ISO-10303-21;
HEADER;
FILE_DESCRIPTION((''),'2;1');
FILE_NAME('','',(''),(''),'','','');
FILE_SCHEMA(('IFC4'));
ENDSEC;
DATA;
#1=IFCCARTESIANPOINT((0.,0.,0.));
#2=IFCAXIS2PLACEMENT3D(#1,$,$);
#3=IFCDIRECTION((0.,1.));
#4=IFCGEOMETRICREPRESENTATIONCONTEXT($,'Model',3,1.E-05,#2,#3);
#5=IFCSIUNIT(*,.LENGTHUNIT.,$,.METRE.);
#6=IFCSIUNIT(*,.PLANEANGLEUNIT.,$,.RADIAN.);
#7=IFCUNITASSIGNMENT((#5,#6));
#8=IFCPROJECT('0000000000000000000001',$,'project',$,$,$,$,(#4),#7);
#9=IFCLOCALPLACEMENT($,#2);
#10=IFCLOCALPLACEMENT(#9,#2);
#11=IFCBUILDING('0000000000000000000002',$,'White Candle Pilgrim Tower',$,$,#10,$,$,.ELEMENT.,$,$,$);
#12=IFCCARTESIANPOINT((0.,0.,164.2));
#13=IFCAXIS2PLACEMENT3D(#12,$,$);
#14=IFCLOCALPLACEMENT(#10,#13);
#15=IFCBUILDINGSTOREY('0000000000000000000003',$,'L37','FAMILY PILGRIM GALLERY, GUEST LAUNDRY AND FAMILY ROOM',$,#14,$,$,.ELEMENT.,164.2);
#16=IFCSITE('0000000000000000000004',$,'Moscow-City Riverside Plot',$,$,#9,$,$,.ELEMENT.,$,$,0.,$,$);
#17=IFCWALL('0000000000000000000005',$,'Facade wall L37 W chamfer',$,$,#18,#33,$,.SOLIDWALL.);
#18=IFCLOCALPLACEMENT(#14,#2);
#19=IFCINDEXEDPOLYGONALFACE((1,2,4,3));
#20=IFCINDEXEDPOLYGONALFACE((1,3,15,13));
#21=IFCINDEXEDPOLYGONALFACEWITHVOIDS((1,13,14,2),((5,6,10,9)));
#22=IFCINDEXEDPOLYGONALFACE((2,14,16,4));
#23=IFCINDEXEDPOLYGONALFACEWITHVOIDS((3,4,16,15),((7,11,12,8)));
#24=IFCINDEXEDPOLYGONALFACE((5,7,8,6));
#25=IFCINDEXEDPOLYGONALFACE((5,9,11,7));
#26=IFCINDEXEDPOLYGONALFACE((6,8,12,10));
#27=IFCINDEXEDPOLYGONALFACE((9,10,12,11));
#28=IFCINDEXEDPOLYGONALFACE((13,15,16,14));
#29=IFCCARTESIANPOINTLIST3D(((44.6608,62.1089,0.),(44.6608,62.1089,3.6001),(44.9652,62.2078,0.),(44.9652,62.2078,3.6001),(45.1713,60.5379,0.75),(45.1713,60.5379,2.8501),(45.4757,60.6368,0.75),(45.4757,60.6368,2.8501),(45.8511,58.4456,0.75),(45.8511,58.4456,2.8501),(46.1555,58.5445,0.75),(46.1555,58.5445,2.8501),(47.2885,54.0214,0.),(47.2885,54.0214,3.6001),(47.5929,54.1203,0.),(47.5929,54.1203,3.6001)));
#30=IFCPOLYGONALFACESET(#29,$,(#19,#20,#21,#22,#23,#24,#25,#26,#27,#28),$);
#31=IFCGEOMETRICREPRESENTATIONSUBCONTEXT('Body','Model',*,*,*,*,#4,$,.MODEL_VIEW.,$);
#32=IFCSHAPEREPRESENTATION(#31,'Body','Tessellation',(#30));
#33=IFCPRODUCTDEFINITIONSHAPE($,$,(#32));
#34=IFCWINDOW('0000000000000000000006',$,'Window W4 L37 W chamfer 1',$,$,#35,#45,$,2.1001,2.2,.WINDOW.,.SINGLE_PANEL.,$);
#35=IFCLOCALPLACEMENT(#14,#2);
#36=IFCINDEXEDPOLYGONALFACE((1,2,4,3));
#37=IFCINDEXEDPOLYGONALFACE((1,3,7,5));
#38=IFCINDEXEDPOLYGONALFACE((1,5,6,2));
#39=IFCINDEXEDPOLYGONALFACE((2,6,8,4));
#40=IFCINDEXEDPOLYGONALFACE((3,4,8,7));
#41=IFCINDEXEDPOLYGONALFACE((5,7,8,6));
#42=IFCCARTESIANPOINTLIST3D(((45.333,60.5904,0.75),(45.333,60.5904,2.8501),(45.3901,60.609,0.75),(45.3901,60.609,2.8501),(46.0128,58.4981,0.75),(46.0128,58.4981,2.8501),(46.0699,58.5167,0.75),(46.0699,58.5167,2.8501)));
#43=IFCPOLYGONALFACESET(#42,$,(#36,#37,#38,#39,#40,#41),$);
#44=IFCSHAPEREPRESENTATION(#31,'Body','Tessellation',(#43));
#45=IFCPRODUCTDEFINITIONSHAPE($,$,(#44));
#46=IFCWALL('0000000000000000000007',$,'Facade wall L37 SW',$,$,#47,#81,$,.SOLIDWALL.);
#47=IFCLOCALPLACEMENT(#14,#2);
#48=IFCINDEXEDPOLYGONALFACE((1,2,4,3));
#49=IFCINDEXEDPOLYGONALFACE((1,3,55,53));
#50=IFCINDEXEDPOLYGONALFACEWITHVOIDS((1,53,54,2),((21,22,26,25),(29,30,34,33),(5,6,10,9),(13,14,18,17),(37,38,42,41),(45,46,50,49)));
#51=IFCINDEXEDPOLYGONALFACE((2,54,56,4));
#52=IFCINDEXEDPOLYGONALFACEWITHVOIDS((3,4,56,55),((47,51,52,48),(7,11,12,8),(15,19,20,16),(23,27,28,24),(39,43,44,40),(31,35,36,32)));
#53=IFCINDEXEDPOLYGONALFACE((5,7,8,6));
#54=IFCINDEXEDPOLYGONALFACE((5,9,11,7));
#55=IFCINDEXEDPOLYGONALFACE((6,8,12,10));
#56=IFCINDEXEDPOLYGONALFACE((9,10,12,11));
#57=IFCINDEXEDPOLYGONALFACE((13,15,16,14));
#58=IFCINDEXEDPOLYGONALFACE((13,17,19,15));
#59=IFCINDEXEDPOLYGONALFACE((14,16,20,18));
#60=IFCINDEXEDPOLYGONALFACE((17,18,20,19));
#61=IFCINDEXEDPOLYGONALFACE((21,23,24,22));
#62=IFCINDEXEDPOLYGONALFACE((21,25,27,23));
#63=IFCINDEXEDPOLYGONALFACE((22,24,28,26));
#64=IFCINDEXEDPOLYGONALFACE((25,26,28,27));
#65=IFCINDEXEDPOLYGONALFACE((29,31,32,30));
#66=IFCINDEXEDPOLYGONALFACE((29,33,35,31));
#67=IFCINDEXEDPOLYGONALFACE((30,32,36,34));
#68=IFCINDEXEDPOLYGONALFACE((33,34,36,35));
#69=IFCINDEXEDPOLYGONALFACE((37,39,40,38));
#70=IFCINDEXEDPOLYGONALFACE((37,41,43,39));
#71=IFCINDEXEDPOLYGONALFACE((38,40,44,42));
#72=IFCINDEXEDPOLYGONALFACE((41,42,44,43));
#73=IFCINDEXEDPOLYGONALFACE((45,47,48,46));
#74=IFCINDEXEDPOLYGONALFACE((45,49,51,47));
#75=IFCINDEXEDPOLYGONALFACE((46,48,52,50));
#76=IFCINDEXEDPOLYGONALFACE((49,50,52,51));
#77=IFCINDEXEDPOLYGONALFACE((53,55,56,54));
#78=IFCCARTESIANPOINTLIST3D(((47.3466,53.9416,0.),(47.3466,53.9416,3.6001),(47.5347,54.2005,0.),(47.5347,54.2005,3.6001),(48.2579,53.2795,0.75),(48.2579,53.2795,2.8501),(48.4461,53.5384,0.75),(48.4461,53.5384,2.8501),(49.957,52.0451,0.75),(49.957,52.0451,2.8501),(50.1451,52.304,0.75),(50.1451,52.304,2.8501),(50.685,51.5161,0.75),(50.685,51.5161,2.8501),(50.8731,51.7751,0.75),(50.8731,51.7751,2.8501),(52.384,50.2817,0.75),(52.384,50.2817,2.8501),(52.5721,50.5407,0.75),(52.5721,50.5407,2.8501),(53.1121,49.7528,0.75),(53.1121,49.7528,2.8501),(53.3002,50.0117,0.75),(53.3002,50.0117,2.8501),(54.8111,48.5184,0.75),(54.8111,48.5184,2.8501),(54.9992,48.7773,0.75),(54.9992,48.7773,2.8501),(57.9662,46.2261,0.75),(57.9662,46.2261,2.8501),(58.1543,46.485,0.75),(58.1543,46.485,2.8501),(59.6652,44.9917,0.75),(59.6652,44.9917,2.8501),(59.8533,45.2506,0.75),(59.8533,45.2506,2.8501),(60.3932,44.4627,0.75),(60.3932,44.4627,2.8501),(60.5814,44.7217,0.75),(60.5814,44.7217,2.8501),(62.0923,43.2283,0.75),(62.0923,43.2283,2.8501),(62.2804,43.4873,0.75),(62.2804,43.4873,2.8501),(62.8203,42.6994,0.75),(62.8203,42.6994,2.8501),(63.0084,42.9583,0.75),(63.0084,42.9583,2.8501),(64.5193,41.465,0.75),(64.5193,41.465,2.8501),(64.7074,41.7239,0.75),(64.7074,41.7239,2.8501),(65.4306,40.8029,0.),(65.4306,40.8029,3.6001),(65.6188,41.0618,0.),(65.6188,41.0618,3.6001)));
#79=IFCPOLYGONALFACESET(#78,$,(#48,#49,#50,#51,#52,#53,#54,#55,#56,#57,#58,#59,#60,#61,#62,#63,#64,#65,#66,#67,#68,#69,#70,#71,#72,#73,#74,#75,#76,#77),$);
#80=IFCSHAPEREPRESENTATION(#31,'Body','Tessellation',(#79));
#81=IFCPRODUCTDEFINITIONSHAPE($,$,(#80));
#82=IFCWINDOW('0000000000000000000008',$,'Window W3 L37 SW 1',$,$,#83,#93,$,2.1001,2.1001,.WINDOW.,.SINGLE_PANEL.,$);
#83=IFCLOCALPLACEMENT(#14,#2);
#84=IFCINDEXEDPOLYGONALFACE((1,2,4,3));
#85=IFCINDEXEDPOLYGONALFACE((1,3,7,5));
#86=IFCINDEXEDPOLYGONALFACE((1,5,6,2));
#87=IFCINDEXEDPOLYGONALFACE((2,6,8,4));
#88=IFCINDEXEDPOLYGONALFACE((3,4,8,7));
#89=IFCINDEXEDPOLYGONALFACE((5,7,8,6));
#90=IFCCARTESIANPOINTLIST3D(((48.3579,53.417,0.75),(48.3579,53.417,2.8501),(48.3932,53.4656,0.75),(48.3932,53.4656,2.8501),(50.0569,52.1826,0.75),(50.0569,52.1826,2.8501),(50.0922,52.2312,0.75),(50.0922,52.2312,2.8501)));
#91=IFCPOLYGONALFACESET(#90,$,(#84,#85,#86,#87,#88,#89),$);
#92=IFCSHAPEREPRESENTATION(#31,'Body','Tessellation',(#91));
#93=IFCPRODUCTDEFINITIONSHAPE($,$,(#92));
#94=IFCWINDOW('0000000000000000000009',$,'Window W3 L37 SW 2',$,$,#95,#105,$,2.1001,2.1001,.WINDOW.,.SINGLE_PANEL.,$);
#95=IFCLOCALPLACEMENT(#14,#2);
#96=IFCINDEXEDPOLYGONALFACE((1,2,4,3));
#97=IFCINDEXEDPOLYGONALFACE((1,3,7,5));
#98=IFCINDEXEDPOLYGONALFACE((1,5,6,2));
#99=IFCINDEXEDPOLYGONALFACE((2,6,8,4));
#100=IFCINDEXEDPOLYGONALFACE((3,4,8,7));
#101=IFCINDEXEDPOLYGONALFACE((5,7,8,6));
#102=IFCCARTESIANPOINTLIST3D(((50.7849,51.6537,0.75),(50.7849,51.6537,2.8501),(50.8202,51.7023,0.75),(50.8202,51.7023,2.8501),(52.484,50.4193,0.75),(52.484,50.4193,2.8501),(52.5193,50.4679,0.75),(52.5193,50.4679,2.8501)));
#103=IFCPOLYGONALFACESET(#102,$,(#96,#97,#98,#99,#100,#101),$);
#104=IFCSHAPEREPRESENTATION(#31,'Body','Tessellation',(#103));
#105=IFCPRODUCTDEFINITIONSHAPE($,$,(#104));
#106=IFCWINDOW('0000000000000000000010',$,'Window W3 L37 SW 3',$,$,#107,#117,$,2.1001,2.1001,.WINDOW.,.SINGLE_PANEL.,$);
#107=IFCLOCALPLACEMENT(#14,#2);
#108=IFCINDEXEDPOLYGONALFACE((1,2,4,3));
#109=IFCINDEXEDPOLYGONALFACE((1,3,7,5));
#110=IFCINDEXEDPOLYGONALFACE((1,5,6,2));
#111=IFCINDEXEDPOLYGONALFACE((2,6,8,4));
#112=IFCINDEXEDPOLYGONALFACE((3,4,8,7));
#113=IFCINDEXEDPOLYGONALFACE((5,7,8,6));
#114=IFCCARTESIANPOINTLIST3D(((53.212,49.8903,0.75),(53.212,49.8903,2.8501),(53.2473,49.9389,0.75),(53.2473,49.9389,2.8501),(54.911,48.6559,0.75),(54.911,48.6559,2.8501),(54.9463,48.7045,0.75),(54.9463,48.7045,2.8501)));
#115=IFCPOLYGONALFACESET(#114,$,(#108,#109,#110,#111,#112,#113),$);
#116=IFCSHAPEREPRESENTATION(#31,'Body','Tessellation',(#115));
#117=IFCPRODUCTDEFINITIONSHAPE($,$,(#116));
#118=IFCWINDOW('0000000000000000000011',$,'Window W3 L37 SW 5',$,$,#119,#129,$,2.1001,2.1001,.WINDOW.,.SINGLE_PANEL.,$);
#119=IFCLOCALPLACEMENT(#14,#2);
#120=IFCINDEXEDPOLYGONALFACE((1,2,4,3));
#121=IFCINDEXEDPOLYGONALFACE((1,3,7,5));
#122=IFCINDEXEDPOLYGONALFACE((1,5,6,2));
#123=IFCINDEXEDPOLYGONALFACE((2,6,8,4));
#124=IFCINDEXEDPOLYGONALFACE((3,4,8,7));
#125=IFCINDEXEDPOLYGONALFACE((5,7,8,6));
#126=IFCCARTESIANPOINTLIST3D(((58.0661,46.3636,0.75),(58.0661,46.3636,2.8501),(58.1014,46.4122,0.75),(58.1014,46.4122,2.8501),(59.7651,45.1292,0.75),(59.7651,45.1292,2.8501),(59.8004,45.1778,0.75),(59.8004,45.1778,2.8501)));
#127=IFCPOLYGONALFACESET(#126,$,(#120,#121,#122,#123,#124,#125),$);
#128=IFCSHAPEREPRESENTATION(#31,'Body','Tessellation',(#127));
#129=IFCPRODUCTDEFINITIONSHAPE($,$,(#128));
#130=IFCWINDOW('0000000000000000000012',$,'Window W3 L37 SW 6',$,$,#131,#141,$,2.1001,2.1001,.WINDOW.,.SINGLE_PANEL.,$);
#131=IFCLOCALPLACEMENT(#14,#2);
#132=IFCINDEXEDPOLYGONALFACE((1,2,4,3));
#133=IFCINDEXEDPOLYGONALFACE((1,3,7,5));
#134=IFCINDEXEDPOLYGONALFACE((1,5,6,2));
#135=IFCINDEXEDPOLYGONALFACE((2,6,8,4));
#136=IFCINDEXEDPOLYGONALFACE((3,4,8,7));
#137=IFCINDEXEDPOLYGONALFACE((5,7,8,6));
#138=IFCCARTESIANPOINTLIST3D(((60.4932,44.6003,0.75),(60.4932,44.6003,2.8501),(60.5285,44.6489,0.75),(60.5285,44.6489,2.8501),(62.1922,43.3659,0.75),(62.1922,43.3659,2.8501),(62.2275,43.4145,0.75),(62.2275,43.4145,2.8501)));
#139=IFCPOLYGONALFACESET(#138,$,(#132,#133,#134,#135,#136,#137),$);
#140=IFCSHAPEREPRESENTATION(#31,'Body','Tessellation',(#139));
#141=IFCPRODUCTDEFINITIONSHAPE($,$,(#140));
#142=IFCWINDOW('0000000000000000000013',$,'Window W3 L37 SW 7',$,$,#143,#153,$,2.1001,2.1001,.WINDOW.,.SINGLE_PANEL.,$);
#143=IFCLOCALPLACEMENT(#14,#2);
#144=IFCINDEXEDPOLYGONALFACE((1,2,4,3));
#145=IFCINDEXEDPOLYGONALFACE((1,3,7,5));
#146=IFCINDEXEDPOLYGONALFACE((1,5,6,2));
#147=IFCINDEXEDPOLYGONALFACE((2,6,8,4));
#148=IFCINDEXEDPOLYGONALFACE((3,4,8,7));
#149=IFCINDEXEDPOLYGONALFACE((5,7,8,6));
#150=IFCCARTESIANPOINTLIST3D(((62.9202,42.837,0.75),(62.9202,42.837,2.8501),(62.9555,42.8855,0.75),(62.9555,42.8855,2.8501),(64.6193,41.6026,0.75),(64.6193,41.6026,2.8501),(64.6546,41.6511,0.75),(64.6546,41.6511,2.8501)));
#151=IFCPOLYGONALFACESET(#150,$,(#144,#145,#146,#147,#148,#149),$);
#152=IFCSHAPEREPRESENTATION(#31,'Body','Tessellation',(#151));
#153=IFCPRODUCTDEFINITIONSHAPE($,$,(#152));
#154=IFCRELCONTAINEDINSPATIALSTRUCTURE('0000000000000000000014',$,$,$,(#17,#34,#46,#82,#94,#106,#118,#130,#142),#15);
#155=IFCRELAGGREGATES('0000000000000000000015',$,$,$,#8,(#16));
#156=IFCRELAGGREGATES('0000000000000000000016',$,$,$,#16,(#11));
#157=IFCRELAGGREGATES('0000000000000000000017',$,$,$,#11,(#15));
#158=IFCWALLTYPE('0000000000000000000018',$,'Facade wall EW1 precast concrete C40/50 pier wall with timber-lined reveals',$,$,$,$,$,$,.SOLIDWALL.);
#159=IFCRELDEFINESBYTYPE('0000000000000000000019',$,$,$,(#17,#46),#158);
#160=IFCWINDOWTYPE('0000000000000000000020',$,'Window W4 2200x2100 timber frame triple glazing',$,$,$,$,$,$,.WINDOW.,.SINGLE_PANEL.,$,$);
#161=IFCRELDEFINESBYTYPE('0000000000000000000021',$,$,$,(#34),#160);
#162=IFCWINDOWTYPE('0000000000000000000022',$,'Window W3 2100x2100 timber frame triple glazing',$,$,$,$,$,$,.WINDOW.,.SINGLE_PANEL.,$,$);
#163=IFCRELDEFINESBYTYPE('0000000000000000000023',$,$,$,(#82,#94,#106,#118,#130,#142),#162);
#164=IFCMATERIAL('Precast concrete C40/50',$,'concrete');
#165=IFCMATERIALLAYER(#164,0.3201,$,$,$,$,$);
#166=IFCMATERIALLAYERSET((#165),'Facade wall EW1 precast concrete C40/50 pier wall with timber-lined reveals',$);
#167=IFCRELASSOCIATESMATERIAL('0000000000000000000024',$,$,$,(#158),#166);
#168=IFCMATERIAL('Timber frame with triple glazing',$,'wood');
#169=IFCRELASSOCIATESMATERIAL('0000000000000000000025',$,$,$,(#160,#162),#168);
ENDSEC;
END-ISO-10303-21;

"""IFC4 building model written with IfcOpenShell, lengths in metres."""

from ifc_helpers import new_model, si_unit, direction, frame, frame_2d, origin, place, context, subcontext, project, spatial, rectangle, extrude, material, layer, layer_set, type_object, element, fill, save


model = new_model("IFC4")

# Units and contexts
model_context = context("Model", 3, precision=1e-05, world=origin(), true_north=direction((0.0, 1.0)))
body_context = subcontext(model_context, "Body", "Model", "MODEL_VIEW")
ifc_project = project(units=[si_unit("LENGTHUNIT", "METRE"), si_unit("PLANEANGLEUNIT", "RADIAN")], contexts=[model_context])

# Site, building, storey
site_placement = place(None, origin())
site = spatial("IfcSite", under=ifc_project, at=site_placement, Name="Moscow-City Riverside Plot", CompositionType="ELEMENT", RefElevation=0.0)
building_placement = place(site_placement, origin())
building = spatial("IfcBuilding", under=site, at=building_placement, Name="White Candle Pilgrim Tower", CompositionType="ELEMENT")
storey_placement = place(building_placement, frame((0.0, 0.0, 164.2)))
storey = spatial("IfcBuildingStorey", under=building, at=storey_placement, Name="L37", Description="FAMILY PILGRIM GALLERY, GUEST LAUNDRY AND FAMILY ROOM", CompositionType="ELEMENT", Elevation=164.2)

# Wall, opening, window
ifc_material_1 = material(Name="Precast concrete C40/50", Category="concrete")
ifc_layer_1 = layer(ifc_material_1, 0.3201)
ifc_layer_set_1 = layer_set([ifc_layer_1], Name="Facade wall EW1 precast concrete C40/50 pier wall with timber-lined reveals")
wall_type_1 = type_object("IfcWallType", Name="Facade wall EW1 precast concrete C40/50 pier wall with timber-lined reveals", PredefinedType="SOLIDWALL", material=ifc_layer_set_1)
wall_1_placement = place(storey_placement, frame((44.813, 62.1584, 0.0), z_axis=(0.0, 0.0, 1.0), x_axis=(0.309009, -0.951059, 0.0)))
wall_1 = element("IfcWall", 1, at=wall_1_placement, inside=storey, type_object=wall_type_1, Name="Facade wall L37 W chamfer", PredefinedType="SOLIDWALL", context=body_context, shape_type="SweptSolid", body=[
    extrude(rectangle(XDim=8.5037, YDim=0.3201, at=frame_2d((4.252, 0.0))), origin(), (0.0, 0.0, 1.0), 3.6001),
])
opening_1_placement = place(wall_1_placement, frame((1.6519, 0.0, 0.75)))
opening_1 = element("IfcOpeningElement", 2, at=opening_1_placement, cuts=wall_1, PredefinedType="OPENING", context=body_context, shape_type="SweptSolid", body=[
    extrude(rectangle(XDim=2.2, YDim=2.1001, at=frame_2d((1.1001, 1.05))), frame((0.0, 0.1699, 0.0), z_axis=(0.0, -1.0, 0.0), x_axis=(1.0, 0.0, 0.0)), (0.0, 0.0, 1.0), 0.3401),
])
ifc_material_2 = material(Name="Timber frame with triple glazing", Category="wood")
window_type_1 = type_object("IfcWindowType", Name="Window W4 2200x2100 timber frame triple glazing", PartitioningType="SINGLE_PANEL", PredefinedType="WINDOW", material=ifc_material_2)
window_1_placement = place(opening_1_placement, origin())
window_1 = element("IfcWindow", 3, at=window_1_placement, inside=storey, type_object=window_type_1, Name="Window W4 L37 W chamfer 1", OverallHeight=2.1001, OverallWidth=2.2, PartitioningType="SINGLE_PANEL", PredefinedType="WINDOW", context=body_context, shape_type="SweptSolid", body=[
    extrude(rectangle(XDim=2.2, YDim=2.1001, at=frame_2d((1.1001, 1.05))), frame((0.0, 0.0701, 0.0), z_axis=(0.0, -1.0, 0.0), x_axis=(1.0, 0.0, 0.0)), (0.0, 0.0, 1.0), 0.0601),
])
fill(opening_1, window_1)

# Wall, openings, windows
wall_2_placement = place(storey_placement, frame((47.4407, 54.071, 0.0), z_axis=(0.0, 0.0, 1.0), x_axis=(0.809019, -0.587782, 0.0)))
wall_2 = element("IfcWall", 4, at=wall_2_placement, inside=storey, type_object=wall_type_1, Name="Facade wall L37 SW", PredefinedType="SOLIDWALL", context=body_context, shape_type="SweptSolid", body=[
    extrude(rectangle(XDim=22.353, YDim=0.3201, at=frame_2d((11.1765, 0.0))), origin(), (0.0, 0.0, 1.0), 3.6001),
])
opening_2_placement = place(wall_2_placement, frame((1.1265, 0.0, 0.75)))
opening_2 = element("IfcOpeningElement", 5, at=opening_2_placement, cuts=wall_2, PredefinedType="OPENING", context=body_context, shape_type="SweptSolid", body=[
    extrude(rectangle(XDim=2.1001, YDim=2.1001, at=frame_2d((1.05, 1.05))), frame((0.0, 0.1699, 0.0), z_axis=(0.0, -1.0, 0.0), x_axis=(1.0, 0.0, 0.0)), (0.0, 0.0, 1.0), 0.3401),
])
opening_3_placement = place(wall_2_placement, frame((4.1265, 0.0, 0.75)))
opening_3 = element("IfcOpeningElement", 6, at=opening_3_placement, cuts=wall_2, PredefinedType="OPENING", context=body_context, shape_type="SweptSolid", body=[
    extrude(rectangle(XDim=2.1001, YDim=2.1001, at=frame_2d((1.05, 1.05))), frame((0.0, 0.1699, 0.0), z_axis=(0.0, -1.0, 0.0), x_axis=(1.0, 0.0, 0.0)), (0.0, 0.0, 1.0), 0.3401),
])
opening_4_placement = place(wall_2_placement, frame((7.1265, 0.0, 0.75)))
opening_4 = element("IfcOpeningElement", 7, at=opening_4_placement, cuts=wall_2, PredefinedType="OPENING", context=body_context, shape_type="SweptSolid", body=[
    extrude(rectangle(XDim=2.1001, YDim=2.1001, at=frame_2d((1.05, 1.05))), frame((0.0, 0.1699, 0.0), z_axis=(0.0, -1.0, 0.0), x_axis=(1.0, 0.0, 0.0)), (0.0, 0.0, 1.0), 0.3401),
])
opening_5_placement = place(wall_2_placement, frame((13.1265, 0.0, 0.75)))
opening_5 = element("IfcOpeningElement", 8, at=opening_5_placement, cuts=wall_2, PredefinedType="OPENING", context=body_context, shape_type="SweptSolid", body=[
    extrude(rectangle(XDim=2.1001, YDim=2.1001, at=frame_2d((1.05, 1.05))), frame((0.0, 0.1699, 0.0), z_axis=(0.0, -1.0, 0.0), x_axis=(1.0, 0.0, 0.0)), (0.0, 0.0, 1.0), 0.3401),
])
opening_6_placement = place(wall_2_placement, frame((16.1265, 0.0, 0.75)))
opening_6 = element("IfcOpeningElement", 9, at=opening_6_placement, cuts=wall_2, PredefinedType="OPENING", context=body_context, shape_type="SweptSolid", body=[
    extrude(rectangle(XDim=2.1001, YDim=2.1001, at=frame_2d((1.05, 1.05))), frame((0.0, 0.1699, 0.0), z_axis=(0.0, -1.0, 0.0), x_axis=(1.0, 0.0, 0.0)), (0.0, 0.0, 1.0), 0.3401),
])
opening_7_placement = place(wall_2_placement, frame((19.1265, 0.0, 0.75)))
opening_7 = element("IfcOpeningElement", 10, at=opening_7_placement, cuts=wall_2, PredefinedType="OPENING", context=body_context, shape_type="SweptSolid", body=[
    extrude(rectangle(XDim=2.1001, YDim=2.1001, at=frame_2d((1.05, 1.05))), frame((0.0, 0.1699, 0.0), z_axis=(0.0, -1.0, 0.0), x_axis=(1.0, 0.0, 0.0)), (0.0, 0.0, 1.0), 0.3401),
])
window_type_2 = type_object("IfcWindowType", Name="Window W3 2100x2100 timber frame triple glazing", PartitioningType="SINGLE_PANEL", PredefinedType="WINDOW", material=ifc_material_2)
window_2_placement = place(opening_2_placement, origin())
window_2 = element("IfcWindow", 11, at=window_2_placement, inside=storey, type_object=window_type_2, Name="Window W3 L37 SW 1", OverallHeight=2.1001, OverallWidth=2.1001, PartitioningType="SINGLE_PANEL", PredefinedType="WINDOW", context=body_context, shape_type="SweptSolid", body=[
    extrude(rectangle(XDim=2.1001, YDim=2.1001, at=frame_2d((1.05, 1.05))), frame((0.0, 0.0701, 0.0), z_axis=(0.0, -1.0, 0.0), x_axis=(1.0, 0.0, 0.0)), (0.0, 0.0, 1.0), 0.0601),
])
fill(opening_2, window_2)
window_3_placement = place(opening_3_placement, origin())
window_3 = element("IfcWindow", 12, at=window_3_placement, inside=storey, type_object=window_type_2, Name="Window W3 L37 SW 2", OverallHeight=2.1001, OverallWidth=2.1001, PartitioningType="SINGLE_PANEL", PredefinedType="WINDOW", context=body_context, shape_type="SweptSolid", body=[
    extrude(rectangle(XDim=2.1001, YDim=2.1001, at=frame_2d((1.05, 1.05))), frame((0.0, 0.0701, 0.0), z_axis=(0.0, -1.0, 0.0), x_axis=(1.0, 0.0, 0.0)), (0.0, 0.0, 1.0), 0.0601),
])
fill(opening_3, window_3)
window_4_placement = place(opening_4_placement, origin())
window_4 = element("IfcWindow", 13, at=window_4_placement, inside=storey, type_object=window_type_2, Name="Window W3 L37 SW 3", OverallHeight=2.1001, OverallWidth=2.1001, PartitioningType="SINGLE_PANEL", PredefinedType="WINDOW", context=body_context, shape_type="SweptSolid", body=[
    extrude(rectangle(XDim=2.1001, YDim=2.1001, at=frame_2d((1.05, 1.05))), frame((0.0, 0.0701, 0.0), z_axis=(0.0, -1.0, 0.0), x_axis=(1.0, 0.0, 0.0)), (0.0, 0.0, 1.0), 0.0601),
])
fill(opening_4, window_4)
window_5_placement = place(opening_5_placement, origin())
window_5 = element("IfcWindow", 14, at=window_5_placement, inside=storey, type_object=window_type_2, Name="Window W3 L37 SW 5", OverallHeight=2.1001, OverallWidth=2.1001, PartitioningType="SINGLE_PANEL", PredefinedType="WINDOW", context=body_context, shape_type="SweptSolid", body=[
    extrude(rectangle(XDim=2.1001, YDim=2.1001, at=frame_2d((1.05, 1.05))), frame((0.0, 0.0701, 0.0), z_axis=(0.0, -1.0, 0.0), x_axis=(1.0, 0.0, 0.0)), (0.0, 0.0, 1.0), 0.0601),
])
fill(opening_5, window_5)
window_6_placement = place(opening_6_placement, origin())
window_6 = element("IfcWindow", 15, at=window_6_placement, inside=storey, type_object=window_type_2, Name="Window W3 L37 SW 6", OverallHeight=2.1001, OverallWidth=2.1001, PartitioningType="SINGLE_PANEL", PredefinedType="WINDOW", context=body_context, shape_type="SweptSolid", body=[
    extrude(rectangle(XDim=2.1001, YDim=2.1001, at=frame_2d((1.05, 1.05))), frame((0.0, 0.0701, 0.0), z_axis=(0.0, -1.0, 0.0), x_axis=(1.0, 0.0, 0.0)), (0.0, 0.0, 1.0), 0.0601),
])
fill(opening_6, window_6)
window_7_placement = place(opening_7_placement, origin())
window_7 = element("IfcWindow", 16, at=window_7_placement, inside=storey, type_object=window_type_2, Name="Window W3 L37 SW 7", OverallHeight=2.1001, OverallWidth=2.1001, PartitioningType="SINGLE_PANEL", PredefinedType="WINDOW", context=body_context, shape_type="SweptSolid", body=[
    extrude(rectangle(XDim=2.1001, YDim=2.1001, at=frame_2d((1.05, 1.05))), frame((0.0, 0.0701, 0.0), z_axis=(0.0, -1.0, 0.0), x_axis=(1.0, 0.0, 0.0)), (0.0, 0.0, 1.0), 0.0601),
])
fill(opening_7, window_7)

save(model, "model.ifc")
